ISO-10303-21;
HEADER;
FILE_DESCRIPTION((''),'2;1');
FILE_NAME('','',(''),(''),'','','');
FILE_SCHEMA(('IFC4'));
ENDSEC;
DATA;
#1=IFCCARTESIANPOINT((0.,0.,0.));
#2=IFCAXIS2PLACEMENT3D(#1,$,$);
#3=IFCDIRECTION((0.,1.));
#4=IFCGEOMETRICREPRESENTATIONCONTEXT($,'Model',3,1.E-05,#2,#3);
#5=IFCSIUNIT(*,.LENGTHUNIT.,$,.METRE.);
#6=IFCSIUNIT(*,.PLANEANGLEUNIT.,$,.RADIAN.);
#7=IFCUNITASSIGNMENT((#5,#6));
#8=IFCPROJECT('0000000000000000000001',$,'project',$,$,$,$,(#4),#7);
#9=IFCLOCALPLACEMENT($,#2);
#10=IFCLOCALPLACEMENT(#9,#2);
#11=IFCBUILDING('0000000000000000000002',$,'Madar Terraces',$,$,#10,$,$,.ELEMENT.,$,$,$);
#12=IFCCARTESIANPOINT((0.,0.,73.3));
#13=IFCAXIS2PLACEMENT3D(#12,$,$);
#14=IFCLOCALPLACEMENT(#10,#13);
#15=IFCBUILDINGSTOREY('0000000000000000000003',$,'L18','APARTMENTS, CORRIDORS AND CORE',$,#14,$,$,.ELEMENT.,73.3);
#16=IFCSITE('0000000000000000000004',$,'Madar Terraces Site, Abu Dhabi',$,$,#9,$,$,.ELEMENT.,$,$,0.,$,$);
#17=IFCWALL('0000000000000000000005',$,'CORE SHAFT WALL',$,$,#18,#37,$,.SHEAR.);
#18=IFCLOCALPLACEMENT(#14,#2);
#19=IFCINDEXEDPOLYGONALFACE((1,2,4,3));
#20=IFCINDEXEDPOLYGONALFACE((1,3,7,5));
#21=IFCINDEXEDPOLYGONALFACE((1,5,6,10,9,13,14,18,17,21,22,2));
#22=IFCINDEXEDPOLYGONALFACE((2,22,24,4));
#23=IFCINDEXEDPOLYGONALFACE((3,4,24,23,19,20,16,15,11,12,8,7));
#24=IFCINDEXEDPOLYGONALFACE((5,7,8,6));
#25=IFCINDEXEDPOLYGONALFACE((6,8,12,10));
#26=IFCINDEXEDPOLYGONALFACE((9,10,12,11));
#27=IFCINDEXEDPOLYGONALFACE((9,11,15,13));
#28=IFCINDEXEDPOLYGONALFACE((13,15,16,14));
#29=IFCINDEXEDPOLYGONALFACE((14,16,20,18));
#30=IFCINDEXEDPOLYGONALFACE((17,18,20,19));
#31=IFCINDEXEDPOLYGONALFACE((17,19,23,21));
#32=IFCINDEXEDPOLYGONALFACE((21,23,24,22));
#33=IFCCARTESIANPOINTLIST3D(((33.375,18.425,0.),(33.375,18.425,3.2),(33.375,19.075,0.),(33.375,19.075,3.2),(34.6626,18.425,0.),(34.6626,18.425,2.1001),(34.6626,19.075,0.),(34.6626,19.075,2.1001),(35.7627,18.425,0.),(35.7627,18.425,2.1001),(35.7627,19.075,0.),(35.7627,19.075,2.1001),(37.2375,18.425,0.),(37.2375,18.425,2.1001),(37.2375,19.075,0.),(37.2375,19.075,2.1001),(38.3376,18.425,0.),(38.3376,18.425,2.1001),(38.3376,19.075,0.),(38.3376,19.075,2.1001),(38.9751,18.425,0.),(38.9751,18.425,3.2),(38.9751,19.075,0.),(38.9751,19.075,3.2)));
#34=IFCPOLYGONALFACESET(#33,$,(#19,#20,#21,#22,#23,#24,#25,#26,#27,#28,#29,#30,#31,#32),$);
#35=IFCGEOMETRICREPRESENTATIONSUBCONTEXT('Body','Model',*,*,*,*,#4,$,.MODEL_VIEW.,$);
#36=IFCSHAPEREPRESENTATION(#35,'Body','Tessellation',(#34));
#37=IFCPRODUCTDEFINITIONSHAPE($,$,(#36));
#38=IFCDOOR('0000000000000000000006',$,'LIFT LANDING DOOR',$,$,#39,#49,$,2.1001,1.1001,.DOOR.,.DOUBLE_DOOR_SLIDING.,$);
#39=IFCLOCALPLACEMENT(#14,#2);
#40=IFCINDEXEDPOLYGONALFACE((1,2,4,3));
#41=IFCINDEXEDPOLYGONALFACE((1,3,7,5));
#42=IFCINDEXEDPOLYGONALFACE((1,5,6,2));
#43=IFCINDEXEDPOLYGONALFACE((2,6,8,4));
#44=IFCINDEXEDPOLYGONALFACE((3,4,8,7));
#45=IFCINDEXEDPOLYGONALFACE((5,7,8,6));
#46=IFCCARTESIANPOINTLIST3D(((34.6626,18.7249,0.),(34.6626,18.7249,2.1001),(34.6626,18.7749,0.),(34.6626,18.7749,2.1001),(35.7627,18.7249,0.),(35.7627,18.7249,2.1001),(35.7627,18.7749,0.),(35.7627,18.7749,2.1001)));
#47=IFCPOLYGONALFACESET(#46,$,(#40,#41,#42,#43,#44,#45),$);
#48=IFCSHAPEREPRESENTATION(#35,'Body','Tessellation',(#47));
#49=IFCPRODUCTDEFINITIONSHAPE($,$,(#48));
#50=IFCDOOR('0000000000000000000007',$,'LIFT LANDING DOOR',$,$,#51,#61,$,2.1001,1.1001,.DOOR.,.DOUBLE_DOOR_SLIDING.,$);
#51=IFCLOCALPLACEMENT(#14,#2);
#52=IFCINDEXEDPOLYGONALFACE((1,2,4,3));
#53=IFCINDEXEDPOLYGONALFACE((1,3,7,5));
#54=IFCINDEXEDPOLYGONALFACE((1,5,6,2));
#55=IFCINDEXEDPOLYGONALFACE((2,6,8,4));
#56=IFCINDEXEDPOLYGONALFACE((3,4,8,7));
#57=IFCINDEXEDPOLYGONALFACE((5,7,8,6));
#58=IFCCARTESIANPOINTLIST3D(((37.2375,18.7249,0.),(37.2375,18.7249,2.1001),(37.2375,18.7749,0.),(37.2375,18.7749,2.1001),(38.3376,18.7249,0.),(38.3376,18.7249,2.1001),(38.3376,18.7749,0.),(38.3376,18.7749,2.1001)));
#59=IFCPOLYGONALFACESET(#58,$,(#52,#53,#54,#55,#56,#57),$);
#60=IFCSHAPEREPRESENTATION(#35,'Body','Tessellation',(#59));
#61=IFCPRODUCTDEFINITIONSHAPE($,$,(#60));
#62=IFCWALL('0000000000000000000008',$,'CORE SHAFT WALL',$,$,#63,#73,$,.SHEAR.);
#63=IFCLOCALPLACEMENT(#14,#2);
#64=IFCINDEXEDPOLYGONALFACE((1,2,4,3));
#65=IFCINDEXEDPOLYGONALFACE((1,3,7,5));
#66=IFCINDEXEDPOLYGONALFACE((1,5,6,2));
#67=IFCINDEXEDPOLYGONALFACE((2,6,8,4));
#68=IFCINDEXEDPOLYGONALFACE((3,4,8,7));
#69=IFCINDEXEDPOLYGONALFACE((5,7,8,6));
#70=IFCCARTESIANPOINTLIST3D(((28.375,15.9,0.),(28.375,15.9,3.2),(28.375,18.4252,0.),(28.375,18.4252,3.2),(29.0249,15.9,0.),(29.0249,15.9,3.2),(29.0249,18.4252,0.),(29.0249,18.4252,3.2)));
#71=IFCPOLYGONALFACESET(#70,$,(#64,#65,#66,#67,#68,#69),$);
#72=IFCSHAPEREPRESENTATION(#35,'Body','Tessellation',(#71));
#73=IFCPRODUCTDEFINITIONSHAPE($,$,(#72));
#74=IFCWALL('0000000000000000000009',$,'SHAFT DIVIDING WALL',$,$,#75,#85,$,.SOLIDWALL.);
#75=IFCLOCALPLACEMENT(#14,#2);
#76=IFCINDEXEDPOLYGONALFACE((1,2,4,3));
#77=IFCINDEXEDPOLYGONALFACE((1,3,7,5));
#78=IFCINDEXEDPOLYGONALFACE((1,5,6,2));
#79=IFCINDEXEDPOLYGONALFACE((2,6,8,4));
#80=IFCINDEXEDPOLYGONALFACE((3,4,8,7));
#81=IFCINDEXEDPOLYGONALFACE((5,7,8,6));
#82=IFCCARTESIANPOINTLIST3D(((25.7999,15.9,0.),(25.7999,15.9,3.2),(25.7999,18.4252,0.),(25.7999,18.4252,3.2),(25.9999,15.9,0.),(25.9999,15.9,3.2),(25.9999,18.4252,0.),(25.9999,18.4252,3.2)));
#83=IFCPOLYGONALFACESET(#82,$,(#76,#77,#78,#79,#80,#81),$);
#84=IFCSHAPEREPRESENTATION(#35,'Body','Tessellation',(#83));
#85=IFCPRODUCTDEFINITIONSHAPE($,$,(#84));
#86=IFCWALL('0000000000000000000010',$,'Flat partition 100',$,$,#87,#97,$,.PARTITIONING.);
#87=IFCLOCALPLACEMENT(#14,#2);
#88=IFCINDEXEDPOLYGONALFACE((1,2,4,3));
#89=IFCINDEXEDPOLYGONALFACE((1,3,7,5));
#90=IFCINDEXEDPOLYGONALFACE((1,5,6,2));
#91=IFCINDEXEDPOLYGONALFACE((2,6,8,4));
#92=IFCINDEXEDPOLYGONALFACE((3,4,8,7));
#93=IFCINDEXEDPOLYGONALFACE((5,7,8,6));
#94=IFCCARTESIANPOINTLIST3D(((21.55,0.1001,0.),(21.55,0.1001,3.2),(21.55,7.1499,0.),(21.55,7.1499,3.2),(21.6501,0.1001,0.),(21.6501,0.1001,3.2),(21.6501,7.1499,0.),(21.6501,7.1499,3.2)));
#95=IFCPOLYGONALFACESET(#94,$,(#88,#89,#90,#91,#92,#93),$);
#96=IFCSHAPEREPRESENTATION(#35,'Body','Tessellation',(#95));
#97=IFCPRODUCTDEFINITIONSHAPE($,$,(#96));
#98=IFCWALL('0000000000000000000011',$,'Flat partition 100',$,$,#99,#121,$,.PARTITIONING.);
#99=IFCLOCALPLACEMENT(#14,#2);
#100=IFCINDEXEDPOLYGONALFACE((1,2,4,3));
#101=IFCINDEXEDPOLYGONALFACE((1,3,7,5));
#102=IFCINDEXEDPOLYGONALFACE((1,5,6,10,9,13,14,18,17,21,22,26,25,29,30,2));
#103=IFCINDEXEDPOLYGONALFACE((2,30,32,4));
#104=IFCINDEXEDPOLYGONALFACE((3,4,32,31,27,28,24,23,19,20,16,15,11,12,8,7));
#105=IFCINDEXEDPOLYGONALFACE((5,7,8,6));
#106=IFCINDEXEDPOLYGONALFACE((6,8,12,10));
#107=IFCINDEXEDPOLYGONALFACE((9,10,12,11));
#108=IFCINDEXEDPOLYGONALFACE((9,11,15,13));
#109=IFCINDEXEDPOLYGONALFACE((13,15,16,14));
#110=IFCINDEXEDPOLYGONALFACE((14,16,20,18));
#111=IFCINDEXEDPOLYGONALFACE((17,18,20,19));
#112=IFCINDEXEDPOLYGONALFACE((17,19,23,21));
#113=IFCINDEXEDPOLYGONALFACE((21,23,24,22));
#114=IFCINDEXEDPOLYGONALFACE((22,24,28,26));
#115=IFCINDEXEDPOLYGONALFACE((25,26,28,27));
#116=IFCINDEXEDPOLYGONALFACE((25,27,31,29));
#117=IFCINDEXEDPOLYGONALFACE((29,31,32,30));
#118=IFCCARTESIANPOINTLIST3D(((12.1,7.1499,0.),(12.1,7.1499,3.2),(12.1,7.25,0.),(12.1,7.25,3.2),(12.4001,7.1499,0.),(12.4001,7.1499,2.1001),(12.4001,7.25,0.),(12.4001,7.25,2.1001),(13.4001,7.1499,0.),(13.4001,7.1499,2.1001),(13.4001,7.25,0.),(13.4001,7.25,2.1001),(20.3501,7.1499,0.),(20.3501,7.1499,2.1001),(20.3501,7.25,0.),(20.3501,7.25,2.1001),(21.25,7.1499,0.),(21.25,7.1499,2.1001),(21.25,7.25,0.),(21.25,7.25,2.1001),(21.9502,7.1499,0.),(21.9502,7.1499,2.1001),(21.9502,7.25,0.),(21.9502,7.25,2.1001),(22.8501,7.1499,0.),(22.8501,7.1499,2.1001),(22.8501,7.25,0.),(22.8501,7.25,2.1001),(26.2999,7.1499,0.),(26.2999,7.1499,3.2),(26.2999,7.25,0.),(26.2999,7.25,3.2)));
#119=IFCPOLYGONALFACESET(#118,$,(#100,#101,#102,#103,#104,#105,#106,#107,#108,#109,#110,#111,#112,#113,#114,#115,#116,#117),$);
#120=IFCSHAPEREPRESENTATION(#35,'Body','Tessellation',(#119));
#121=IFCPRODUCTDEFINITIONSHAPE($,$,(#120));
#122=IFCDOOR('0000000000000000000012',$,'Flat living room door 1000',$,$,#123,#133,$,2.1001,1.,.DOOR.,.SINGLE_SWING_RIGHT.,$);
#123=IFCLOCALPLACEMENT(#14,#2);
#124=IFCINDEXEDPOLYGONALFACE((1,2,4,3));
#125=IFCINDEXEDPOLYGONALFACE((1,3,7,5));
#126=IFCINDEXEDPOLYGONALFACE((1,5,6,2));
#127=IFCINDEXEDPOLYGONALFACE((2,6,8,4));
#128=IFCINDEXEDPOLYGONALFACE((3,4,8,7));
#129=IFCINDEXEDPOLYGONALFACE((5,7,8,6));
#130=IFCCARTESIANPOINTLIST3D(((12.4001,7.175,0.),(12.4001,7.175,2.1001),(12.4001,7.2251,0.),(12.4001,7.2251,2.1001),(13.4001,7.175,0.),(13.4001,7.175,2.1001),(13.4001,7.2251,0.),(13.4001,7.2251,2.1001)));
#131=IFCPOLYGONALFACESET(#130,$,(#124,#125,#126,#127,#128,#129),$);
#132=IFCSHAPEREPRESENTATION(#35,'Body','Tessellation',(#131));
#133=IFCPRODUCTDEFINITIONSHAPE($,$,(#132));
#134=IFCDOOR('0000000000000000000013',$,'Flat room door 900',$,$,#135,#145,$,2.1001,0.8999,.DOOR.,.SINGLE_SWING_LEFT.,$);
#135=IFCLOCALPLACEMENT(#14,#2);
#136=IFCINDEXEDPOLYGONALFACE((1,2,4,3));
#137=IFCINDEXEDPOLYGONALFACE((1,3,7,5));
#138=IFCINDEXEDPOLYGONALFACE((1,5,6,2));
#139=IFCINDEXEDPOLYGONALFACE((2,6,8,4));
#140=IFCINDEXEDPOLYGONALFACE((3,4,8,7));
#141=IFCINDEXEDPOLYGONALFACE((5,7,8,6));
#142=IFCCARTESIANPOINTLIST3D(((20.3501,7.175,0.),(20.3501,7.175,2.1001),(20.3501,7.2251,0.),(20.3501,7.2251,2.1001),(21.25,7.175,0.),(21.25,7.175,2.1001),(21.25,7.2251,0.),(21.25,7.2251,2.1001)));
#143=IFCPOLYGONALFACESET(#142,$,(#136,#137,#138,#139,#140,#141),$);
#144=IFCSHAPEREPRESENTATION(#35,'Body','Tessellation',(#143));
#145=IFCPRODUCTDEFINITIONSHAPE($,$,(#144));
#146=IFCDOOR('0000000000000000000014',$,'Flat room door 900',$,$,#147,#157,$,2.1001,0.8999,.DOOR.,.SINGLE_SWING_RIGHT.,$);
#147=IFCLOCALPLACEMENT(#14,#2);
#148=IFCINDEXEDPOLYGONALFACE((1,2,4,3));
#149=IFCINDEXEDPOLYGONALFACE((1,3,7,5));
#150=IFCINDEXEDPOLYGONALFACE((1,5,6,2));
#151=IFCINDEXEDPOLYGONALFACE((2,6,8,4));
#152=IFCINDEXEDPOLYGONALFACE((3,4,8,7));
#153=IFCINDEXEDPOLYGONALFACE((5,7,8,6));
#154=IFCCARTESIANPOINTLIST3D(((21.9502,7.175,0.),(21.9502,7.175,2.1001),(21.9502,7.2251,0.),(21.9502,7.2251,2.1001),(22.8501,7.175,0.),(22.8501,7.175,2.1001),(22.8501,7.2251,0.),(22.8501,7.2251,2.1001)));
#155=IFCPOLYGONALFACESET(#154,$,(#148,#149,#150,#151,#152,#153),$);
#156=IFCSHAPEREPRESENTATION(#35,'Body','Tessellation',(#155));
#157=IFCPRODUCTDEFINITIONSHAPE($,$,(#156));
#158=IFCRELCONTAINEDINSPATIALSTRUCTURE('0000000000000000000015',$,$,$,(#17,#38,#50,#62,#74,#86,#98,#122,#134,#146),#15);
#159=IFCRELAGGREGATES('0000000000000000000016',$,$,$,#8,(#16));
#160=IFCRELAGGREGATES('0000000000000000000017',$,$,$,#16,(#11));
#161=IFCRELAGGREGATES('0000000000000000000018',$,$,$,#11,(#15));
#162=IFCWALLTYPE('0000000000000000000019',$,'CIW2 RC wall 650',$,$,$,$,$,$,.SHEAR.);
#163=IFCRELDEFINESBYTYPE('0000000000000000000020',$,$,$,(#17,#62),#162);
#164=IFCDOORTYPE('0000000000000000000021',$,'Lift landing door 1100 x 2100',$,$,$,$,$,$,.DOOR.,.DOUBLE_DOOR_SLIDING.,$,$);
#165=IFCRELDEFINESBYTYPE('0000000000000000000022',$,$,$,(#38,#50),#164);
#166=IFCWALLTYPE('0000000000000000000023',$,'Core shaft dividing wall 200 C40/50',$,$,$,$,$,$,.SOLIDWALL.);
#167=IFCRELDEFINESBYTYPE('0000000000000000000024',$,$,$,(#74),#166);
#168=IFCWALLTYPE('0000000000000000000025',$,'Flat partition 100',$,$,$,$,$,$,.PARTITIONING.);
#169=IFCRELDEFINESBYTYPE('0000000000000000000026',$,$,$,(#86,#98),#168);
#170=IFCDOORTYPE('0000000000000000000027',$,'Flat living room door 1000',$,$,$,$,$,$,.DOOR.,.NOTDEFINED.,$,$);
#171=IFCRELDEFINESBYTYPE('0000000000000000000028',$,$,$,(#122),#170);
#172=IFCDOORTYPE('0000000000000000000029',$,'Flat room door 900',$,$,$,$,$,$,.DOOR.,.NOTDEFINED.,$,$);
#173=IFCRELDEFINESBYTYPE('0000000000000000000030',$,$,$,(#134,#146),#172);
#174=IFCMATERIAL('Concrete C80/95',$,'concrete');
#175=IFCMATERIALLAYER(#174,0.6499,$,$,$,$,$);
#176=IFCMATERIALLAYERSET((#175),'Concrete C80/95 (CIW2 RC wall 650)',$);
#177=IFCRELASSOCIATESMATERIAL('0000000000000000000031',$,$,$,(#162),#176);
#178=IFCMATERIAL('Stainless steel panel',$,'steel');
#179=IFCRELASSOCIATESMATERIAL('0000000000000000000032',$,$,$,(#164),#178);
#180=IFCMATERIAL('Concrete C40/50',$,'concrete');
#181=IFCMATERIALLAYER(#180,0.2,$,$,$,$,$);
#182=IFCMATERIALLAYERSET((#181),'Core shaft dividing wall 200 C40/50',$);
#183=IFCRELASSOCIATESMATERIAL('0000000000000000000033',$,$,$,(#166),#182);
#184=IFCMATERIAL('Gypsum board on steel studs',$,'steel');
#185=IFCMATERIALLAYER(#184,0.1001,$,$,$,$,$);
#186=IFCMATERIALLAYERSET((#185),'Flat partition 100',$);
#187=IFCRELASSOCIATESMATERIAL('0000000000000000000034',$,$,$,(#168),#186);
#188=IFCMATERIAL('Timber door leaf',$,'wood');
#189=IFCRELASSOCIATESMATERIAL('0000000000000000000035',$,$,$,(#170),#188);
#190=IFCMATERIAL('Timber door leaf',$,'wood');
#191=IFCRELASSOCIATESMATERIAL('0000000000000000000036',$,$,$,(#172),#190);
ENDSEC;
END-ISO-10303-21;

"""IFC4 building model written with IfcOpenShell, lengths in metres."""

from ifc_helpers import new_model, si_unit, direction, frame, frame_2d, origin, place, context, subcontext, project, spatial, rectangle, extrude, material, layer, layer_set, type_object, element, fill, save


model = new_model("IFC4")

# Units and contexts
model_context = context("Model", 3, precision=1e-05, world=origin(), true_north=direction((0.0, 1.0)))
body_context = subcontext(model_context, "Body", "Model", "MODEL_VIEW")
ifc_project = project(units=[si_unit("LENGTHUNIT", "METRE"), si_unit("PLANEANGLEUNIT", "RADIAN")], contexts=[model_context])

# Site, building, storey
site_placement = place(None, origin())
site = spatial("IfcSite", under=ifc_project, at=site_placement, Name="Madar Terraces Site, Abu Dhabi", CompositionType="ELEMENT", RefElevation=0.0)
building_placement = place(site_placement, origin())
building = spatial("IfcBuilding", under=site, at=building_placement, Name="Madar Terraces", CompositionType="ELEMENT")
storey_placement = place(building_placement, frame((0.0, 0.0, 73.3)))
storey = spatial("IfcBuildingStorey", under=building, at=storey_placement, Name="L18", Description="APARTMENTS, CORRIDORS AND CORE", CompositionType="ELEMENT", Elevation=73.3)

# Shared definitions
ifc_material_1 = material(Name="Concrete C80/95", Category="concrete")
ifc_layer_1 = layer(ifc_material_1, 0.6499)
ifc_layer_set_1 = layer_set([ifc_layer_1], Name="Concrete C80/95 (CIW2 RC wall 650)")
wall_type_1 = type_object("IfcWallType", Name="CIW2 RC wall 650", PredefinedType="SHEAR", material=ifc_layer_set_1)

# Wall, openings, doors
ifc_material_2 = material(Name="Stainless steel panel", Category="steel")
door_type_1 = type_object("IfcDoorType", Name="Lift landing door 1100 x 2100", OperationType="DOUBLE_DOOR_SLIDING", PredefinedType="DOOR", material=ifc_material_2)
wall_1_placement = place(storey_placement, frame((33.375, 18.75, 0.0), z_axis=(0.0, 0.0, 1.0), x_axis=(1.0, 0.0, 0.0)))
wall_1 = element("IfcWall", 1, at=wall_1_placement, inside=storey, type_object=wall_type_1, Name="CORE SHAFT WALL", PredefinedType="SHEAR", context=body_context, shape_type="SweptSolid", body=[
    extrude(rectangle(XDim=5.6001, YDim=0.6499, at=frame_2d((2.8, 0.0))), origin(), (0.0, 0.0, 1.0), 3.2),
])
opening_1_placement = place(wall_1_placement, frame((1.2876, 0.0, 0.0)))
opening_1 = element("IfcOpeningElement", 2, at=opening_1_placement, cuts=wall_1, PredefinedType="OPENING", context=body_context, shape_type="SweptSolid", body=[
    extrude(rectangle(XDim=1.1001, YDim=2.1001, at=frame_2d((0.55, 1.05))), frame((0.0, 0.335, 0.0), z_axis=(0.0, -1.0, 0.0), x_axis=(1.0, 0.0, 0.0)), (0.0, 0.0, 1.0), 0.6699),
])
opening_2_placement = place(wall_1_placement, frame((3.8625, 0.0, 0.0)))
opening_2 = element("IfcOpeningElement", 3, at=opening_2_placement, cuts=wall_1, PredefinedType="OPENING", context=body_context, shape_type="SweptSolid", body=[
    extrude(rectangle(XDim=1.1001, YDim=2.1001, at=frame_2d((0.55, 1.05))), frame((0.0, 0.335, 0.0), z_axis=(0.0, -1.0, 0.0), x_axis=(1.0, 0.0, 0.0)), (0.0, 0.0, 1.0), 0.6699),
])
door_1_placement = place(opening_1_placement, origin())
door_1 = element("IfcDoor", 4, at=door_1_placement, inside=storey, type_object=door_type_1, Name="LIFT LANDING DOOR", OperationType="DOUBLE_DOOR_SLIDING", OverallHeight=2.1001, OverallWidth=1.1001, PredefinedType="DOOR", context=body_context, shape_type="SweptSolid", body=[
    extrude(rectangle(XDim=1.1001, YDim=2.1001, at=frame_2d((0.55, 1.05))), frame((0.0, 0.0249, 0.0), z_axis=(0.0, -1.0, 0.0), x_axis=(1.0, 0.0, 0.0)), (0.0, 0.0, 1.0), 0.05),
])
fill(opening_1, door_1)
door_2_placement = place(opening_2_placement, origin())
door_2 = element("IfcDoor", 5, at=door_2_placement, inside=storey, type_object=door_type_1, Name="LIFT LANDING DOOR", OperationType="DOUBLE_DOOR_SLIDING", OverallHeight=2.1001, OverallWidth=1.1001, PredefinedType="DOOR", context=body_context, shape_type="SweptSolid", body=[
    extrude(rectangle(XDim=1.1001, YDim=2.1001, at=frame_2d((0.55, 1.05))), frame((0.0, 0.0249, 0.0), z_axis=(0.0, -1.0, 0.0), x_axis=(1.0, 0.0, 0.0)), (0.0, 0.0, 1.0), 0.05),
])
fill(opening_2, door_2)

# Walls
wall_2_placement = place(storey_placement, frame((28.7, 15.8999, 0.0), z_axis=(0.0, 0.0, 1.0), x_axis=(0.0, 1.0, 0.0)))
element("IfcWall", 6, at=wall_2_placement, inside=storey, type_object=wall_type_1, Name="CORE SHAFT WALL", PredefinedType="SHEAR", context=body_context, shape_type="SweptSolid", body=[
    extrude(rectangle(XDim=2.5251, YDim=0.6499, at=frame_2d((1.2627, 0.0))), origin(), (0.0, 0.0, 1.0), 3.2),
])
ifc_material_3 = material(Name="Concrete C40/50", Category="concrete")
ifc_layer_2 = layer(ifc_material_3, 0.2)
ifc_layer_set_2 = layer_set([ifc_layer_2], Name="Core shaft dividing wall 200 C40/50")
wall_type_2 = type_object("IfcWallType", Name="Core shaft dividing wall 200 C40/50", PredefinedType="SOLIDWALL", material=ifc_layer_set_2)
wall_3_placement = place(storey_placement, frame((25.8999, 15.8999, 0.0), z_axis=(0.0, 0.0, 1.0), x_axis=(0.0, 1.0, 0.0)))
element("IfcWall", 7, at=wall_3_placement, inside=storey, type_object=wall_type_2, Name="SHAFT DIVIDING WALL", PredefinedType="SOLIDWALL", context=body_context, shape_type="SweptSolid", body=[
    extrude(rectangle(XDim=2.5251, YDim=0.2, at=frame_2d((1.2627, 0.0))), origin(), (0.0, 0.0, 1.0), 3.2),
])
ifc_material_4 = material(Name="Gypsum board on steel studs", Category="steel")
ifc_layer_3 = layer(ifc_material_4, 0.1001)
ifc_layer_set_3 = layer_set([ifc_layer_3], Name="Flat partition 100")
wall_type_3 = type_object("IfcWallType", Name="Flat partition 100", PredefinedType="PARTITIONING", material=ifc_layer_set_3)
wall_4_placement = place(storey_placement, frame((21.6001, 7.1499, 0.0), z_axis=(0.0, 0.0, 1.0), x_axis=(0.0, -1.0, 0.0)))
element("IfcWall", 8, at=wall_4_placement, inside=storey, type_object=wall_type_3, Name="Flat partition 100", PredefinedType="PARTITIONING", context=body_context, shape_type="SweptSolid", body=[
    extrude(rectangle(XDim=7.0498, YDim=0.1001, at=frame_2d((3.5249, 0.0))), origin(), (0.0, 0.0, 1.0), 3.2),
])

# Wall, openings, doors
wall_5_placement = place(storey_placement, frame((26.3, 7.2, 0.0), z_axis=(0.0, 0.0, 1.0), x_axis=(-1.0, 0.0, 0.0)))
wall_5 = element("IfcWall", 9, at=wall_5_placement, inside=storey, type_object=wall_type_3, Name="Flat partition 100", PredefinedType="PARTITIONING", context=body_context, shape_type="SweptSolid", body=[
    extrude(rectangle(XDim=14.2, YDim=0.1001, at=frame_2d((7.1001, 0.0))), origin(), (0.0, 0.0, 1.0), 3.2),
])
opening_3_placement = place(wall_5_placement, frame((12.8999, 0.0, 0.0)))
opening_3 = element("IfcOpeningElement", 10, at=opening_3_placement, cuts=wall_5, PredefinedType="OPENING", context=body_context, shape_type="SweptSolid", body=[
    extrude(rectangle(XDim=1.0, YDim=2.1001, at=frame_2d((0.5, 1.05))), frame((0.0, 0.0601, 0.0), z_axis=(0.0, -1.0, 0.0), x_axis=(1.0, 0.0, 0.0)), (0.0, 0.0, 1.0), 0.1201),
])
opening_4_placement = place(wall_5_placement, frame((5.05, 0.0, 0.0)))
opening_4 = element("IfcOpeningElement", 11, at=opening_4_placement, cuts=wall_5, PredefinedType="OPENING", context=body_context, shape_type="SweptSolid", body=[
    extrude(rectangle(XDim=0.8999, YDim=2.1001, at=frame_2d((0.45, 1.05))), frame((0.0, 0.0601, 0.0), z_axis=(0.0, -1.0, 0.0), x_axis=(1.0, 0.0, 0.0)), (0.0, 0.0, 1.0), 0.1201),
])
opening_5_placement = place(wall_5_placement, frame((3.45, 0.0, 0.0)))
opening_5 = element("IfcOpeningElement", 12, at=opening_5_placement, cuts=wall_5, PredefinedType="OPENING", context=body_context, shape_type="SweptSolid", body=[
    extrude(rectangle(XDim=0.8999, YDim=2.1001, at=frame_2d((0.45, 1.05))), frame((0.0, 0.0601, 0.0), z_axis=(0.0, -1.0, 0.0), x_axis=(1.0, 0.0, 0.0)), (0.0, 0.0, 1.0), 0.1201),
])
ifc_material_5 = material(Name="Timber door leaf", Category="wood")
door_type_2 = type_object("IfcDoorType", Name="Flat living room door 1000", OperationType="NOTDEFINED", PredefinedType="DOOR", material=ifc_material_5)
door_3_placement = place(opening_3_placement, origin())
door_3 = element("IfcDoor", 13, at=door_3_placement, inside=storey, type_object=door_type_2, Name="Flat living room door 1000", OperationType="SINGLE_SWING_RIGHT", OverallHeight=2.1001, OverallWidth=1.0, PredefinedType="DOOR", context=body_context, shape_type="SweptSolid", body=[
    extrude(rectangle(XDim=1.0, YDim=2.1001, at=frame_2d((0.5, 1.05))), frame((0.0, 0.0249, 0.0), z_axis=(0.0, -1.0, 0.0), x_axis=(1.0, 0.0, 0.0)), (0.0, 0.0, 1.0), 0.05),
])
fill(opening_3, door_3)
ifc_material_6 = material(Name="Timber door leaf", Category="wood")
door_type_3 = type_object("IfcDoorType", Name="Flat room door 900", OperationType="NOTDEFINED", PredefinedType="DOOR", material=ifc_material_6)
door_4_placement = place(opening_4_placement, origin())
door_4 = element("IfcDoor", 14, at=door_4_placement, inside=storey, type_object=door_type_3, Name="Flat room door 900", OperationType="SINGLE_SWING_LEFT", OverallHeight=2.1001, OverallWidth=0.8999, PredefinedType="DOOR", context=body_context, shape_type="SweptSolid", body=[
    extrude(rectangle(XDim=0.8999, YDim=2.1001, at=frame_2d((0.45, 1.05))), frame((0.0, 0.0249, 0.0), z_axis=(0.0, -1.0, 0.0), x_axis=(1.0, 0.0, 0.0)), (0.0, 0.0, 1.0), 0.05),
])
fill(opening_4, door_4)
door_5_placement = place(opening_5_placement, origin())
door_5 = element("IfcDoor", 15, at=door_5_placement, inside=storey, type_object=door_type_3, Name="Flat room door 900", OperationType="SINGLE_SWING_RIGHT", OverallHeight=2.1001, OverallWidth=0.8999, PredefinedType="DOOR", context=body_context, shape_type="SweptSolid", body=[
    extrude(rectangle(XDim=0.8999, YDim=2.1001, at=frame_2d((0.45, 1.05))), frame((0.0, 0.0249, 0.0), z_axis=(0.0, -1.0, 0.0), x_axis=(1.0, 0.0, 0.0)), (0.0, 0.0, 1.0), 0.05),
])
fill(opening_5, door_5)

save(model, "model.ifc")
